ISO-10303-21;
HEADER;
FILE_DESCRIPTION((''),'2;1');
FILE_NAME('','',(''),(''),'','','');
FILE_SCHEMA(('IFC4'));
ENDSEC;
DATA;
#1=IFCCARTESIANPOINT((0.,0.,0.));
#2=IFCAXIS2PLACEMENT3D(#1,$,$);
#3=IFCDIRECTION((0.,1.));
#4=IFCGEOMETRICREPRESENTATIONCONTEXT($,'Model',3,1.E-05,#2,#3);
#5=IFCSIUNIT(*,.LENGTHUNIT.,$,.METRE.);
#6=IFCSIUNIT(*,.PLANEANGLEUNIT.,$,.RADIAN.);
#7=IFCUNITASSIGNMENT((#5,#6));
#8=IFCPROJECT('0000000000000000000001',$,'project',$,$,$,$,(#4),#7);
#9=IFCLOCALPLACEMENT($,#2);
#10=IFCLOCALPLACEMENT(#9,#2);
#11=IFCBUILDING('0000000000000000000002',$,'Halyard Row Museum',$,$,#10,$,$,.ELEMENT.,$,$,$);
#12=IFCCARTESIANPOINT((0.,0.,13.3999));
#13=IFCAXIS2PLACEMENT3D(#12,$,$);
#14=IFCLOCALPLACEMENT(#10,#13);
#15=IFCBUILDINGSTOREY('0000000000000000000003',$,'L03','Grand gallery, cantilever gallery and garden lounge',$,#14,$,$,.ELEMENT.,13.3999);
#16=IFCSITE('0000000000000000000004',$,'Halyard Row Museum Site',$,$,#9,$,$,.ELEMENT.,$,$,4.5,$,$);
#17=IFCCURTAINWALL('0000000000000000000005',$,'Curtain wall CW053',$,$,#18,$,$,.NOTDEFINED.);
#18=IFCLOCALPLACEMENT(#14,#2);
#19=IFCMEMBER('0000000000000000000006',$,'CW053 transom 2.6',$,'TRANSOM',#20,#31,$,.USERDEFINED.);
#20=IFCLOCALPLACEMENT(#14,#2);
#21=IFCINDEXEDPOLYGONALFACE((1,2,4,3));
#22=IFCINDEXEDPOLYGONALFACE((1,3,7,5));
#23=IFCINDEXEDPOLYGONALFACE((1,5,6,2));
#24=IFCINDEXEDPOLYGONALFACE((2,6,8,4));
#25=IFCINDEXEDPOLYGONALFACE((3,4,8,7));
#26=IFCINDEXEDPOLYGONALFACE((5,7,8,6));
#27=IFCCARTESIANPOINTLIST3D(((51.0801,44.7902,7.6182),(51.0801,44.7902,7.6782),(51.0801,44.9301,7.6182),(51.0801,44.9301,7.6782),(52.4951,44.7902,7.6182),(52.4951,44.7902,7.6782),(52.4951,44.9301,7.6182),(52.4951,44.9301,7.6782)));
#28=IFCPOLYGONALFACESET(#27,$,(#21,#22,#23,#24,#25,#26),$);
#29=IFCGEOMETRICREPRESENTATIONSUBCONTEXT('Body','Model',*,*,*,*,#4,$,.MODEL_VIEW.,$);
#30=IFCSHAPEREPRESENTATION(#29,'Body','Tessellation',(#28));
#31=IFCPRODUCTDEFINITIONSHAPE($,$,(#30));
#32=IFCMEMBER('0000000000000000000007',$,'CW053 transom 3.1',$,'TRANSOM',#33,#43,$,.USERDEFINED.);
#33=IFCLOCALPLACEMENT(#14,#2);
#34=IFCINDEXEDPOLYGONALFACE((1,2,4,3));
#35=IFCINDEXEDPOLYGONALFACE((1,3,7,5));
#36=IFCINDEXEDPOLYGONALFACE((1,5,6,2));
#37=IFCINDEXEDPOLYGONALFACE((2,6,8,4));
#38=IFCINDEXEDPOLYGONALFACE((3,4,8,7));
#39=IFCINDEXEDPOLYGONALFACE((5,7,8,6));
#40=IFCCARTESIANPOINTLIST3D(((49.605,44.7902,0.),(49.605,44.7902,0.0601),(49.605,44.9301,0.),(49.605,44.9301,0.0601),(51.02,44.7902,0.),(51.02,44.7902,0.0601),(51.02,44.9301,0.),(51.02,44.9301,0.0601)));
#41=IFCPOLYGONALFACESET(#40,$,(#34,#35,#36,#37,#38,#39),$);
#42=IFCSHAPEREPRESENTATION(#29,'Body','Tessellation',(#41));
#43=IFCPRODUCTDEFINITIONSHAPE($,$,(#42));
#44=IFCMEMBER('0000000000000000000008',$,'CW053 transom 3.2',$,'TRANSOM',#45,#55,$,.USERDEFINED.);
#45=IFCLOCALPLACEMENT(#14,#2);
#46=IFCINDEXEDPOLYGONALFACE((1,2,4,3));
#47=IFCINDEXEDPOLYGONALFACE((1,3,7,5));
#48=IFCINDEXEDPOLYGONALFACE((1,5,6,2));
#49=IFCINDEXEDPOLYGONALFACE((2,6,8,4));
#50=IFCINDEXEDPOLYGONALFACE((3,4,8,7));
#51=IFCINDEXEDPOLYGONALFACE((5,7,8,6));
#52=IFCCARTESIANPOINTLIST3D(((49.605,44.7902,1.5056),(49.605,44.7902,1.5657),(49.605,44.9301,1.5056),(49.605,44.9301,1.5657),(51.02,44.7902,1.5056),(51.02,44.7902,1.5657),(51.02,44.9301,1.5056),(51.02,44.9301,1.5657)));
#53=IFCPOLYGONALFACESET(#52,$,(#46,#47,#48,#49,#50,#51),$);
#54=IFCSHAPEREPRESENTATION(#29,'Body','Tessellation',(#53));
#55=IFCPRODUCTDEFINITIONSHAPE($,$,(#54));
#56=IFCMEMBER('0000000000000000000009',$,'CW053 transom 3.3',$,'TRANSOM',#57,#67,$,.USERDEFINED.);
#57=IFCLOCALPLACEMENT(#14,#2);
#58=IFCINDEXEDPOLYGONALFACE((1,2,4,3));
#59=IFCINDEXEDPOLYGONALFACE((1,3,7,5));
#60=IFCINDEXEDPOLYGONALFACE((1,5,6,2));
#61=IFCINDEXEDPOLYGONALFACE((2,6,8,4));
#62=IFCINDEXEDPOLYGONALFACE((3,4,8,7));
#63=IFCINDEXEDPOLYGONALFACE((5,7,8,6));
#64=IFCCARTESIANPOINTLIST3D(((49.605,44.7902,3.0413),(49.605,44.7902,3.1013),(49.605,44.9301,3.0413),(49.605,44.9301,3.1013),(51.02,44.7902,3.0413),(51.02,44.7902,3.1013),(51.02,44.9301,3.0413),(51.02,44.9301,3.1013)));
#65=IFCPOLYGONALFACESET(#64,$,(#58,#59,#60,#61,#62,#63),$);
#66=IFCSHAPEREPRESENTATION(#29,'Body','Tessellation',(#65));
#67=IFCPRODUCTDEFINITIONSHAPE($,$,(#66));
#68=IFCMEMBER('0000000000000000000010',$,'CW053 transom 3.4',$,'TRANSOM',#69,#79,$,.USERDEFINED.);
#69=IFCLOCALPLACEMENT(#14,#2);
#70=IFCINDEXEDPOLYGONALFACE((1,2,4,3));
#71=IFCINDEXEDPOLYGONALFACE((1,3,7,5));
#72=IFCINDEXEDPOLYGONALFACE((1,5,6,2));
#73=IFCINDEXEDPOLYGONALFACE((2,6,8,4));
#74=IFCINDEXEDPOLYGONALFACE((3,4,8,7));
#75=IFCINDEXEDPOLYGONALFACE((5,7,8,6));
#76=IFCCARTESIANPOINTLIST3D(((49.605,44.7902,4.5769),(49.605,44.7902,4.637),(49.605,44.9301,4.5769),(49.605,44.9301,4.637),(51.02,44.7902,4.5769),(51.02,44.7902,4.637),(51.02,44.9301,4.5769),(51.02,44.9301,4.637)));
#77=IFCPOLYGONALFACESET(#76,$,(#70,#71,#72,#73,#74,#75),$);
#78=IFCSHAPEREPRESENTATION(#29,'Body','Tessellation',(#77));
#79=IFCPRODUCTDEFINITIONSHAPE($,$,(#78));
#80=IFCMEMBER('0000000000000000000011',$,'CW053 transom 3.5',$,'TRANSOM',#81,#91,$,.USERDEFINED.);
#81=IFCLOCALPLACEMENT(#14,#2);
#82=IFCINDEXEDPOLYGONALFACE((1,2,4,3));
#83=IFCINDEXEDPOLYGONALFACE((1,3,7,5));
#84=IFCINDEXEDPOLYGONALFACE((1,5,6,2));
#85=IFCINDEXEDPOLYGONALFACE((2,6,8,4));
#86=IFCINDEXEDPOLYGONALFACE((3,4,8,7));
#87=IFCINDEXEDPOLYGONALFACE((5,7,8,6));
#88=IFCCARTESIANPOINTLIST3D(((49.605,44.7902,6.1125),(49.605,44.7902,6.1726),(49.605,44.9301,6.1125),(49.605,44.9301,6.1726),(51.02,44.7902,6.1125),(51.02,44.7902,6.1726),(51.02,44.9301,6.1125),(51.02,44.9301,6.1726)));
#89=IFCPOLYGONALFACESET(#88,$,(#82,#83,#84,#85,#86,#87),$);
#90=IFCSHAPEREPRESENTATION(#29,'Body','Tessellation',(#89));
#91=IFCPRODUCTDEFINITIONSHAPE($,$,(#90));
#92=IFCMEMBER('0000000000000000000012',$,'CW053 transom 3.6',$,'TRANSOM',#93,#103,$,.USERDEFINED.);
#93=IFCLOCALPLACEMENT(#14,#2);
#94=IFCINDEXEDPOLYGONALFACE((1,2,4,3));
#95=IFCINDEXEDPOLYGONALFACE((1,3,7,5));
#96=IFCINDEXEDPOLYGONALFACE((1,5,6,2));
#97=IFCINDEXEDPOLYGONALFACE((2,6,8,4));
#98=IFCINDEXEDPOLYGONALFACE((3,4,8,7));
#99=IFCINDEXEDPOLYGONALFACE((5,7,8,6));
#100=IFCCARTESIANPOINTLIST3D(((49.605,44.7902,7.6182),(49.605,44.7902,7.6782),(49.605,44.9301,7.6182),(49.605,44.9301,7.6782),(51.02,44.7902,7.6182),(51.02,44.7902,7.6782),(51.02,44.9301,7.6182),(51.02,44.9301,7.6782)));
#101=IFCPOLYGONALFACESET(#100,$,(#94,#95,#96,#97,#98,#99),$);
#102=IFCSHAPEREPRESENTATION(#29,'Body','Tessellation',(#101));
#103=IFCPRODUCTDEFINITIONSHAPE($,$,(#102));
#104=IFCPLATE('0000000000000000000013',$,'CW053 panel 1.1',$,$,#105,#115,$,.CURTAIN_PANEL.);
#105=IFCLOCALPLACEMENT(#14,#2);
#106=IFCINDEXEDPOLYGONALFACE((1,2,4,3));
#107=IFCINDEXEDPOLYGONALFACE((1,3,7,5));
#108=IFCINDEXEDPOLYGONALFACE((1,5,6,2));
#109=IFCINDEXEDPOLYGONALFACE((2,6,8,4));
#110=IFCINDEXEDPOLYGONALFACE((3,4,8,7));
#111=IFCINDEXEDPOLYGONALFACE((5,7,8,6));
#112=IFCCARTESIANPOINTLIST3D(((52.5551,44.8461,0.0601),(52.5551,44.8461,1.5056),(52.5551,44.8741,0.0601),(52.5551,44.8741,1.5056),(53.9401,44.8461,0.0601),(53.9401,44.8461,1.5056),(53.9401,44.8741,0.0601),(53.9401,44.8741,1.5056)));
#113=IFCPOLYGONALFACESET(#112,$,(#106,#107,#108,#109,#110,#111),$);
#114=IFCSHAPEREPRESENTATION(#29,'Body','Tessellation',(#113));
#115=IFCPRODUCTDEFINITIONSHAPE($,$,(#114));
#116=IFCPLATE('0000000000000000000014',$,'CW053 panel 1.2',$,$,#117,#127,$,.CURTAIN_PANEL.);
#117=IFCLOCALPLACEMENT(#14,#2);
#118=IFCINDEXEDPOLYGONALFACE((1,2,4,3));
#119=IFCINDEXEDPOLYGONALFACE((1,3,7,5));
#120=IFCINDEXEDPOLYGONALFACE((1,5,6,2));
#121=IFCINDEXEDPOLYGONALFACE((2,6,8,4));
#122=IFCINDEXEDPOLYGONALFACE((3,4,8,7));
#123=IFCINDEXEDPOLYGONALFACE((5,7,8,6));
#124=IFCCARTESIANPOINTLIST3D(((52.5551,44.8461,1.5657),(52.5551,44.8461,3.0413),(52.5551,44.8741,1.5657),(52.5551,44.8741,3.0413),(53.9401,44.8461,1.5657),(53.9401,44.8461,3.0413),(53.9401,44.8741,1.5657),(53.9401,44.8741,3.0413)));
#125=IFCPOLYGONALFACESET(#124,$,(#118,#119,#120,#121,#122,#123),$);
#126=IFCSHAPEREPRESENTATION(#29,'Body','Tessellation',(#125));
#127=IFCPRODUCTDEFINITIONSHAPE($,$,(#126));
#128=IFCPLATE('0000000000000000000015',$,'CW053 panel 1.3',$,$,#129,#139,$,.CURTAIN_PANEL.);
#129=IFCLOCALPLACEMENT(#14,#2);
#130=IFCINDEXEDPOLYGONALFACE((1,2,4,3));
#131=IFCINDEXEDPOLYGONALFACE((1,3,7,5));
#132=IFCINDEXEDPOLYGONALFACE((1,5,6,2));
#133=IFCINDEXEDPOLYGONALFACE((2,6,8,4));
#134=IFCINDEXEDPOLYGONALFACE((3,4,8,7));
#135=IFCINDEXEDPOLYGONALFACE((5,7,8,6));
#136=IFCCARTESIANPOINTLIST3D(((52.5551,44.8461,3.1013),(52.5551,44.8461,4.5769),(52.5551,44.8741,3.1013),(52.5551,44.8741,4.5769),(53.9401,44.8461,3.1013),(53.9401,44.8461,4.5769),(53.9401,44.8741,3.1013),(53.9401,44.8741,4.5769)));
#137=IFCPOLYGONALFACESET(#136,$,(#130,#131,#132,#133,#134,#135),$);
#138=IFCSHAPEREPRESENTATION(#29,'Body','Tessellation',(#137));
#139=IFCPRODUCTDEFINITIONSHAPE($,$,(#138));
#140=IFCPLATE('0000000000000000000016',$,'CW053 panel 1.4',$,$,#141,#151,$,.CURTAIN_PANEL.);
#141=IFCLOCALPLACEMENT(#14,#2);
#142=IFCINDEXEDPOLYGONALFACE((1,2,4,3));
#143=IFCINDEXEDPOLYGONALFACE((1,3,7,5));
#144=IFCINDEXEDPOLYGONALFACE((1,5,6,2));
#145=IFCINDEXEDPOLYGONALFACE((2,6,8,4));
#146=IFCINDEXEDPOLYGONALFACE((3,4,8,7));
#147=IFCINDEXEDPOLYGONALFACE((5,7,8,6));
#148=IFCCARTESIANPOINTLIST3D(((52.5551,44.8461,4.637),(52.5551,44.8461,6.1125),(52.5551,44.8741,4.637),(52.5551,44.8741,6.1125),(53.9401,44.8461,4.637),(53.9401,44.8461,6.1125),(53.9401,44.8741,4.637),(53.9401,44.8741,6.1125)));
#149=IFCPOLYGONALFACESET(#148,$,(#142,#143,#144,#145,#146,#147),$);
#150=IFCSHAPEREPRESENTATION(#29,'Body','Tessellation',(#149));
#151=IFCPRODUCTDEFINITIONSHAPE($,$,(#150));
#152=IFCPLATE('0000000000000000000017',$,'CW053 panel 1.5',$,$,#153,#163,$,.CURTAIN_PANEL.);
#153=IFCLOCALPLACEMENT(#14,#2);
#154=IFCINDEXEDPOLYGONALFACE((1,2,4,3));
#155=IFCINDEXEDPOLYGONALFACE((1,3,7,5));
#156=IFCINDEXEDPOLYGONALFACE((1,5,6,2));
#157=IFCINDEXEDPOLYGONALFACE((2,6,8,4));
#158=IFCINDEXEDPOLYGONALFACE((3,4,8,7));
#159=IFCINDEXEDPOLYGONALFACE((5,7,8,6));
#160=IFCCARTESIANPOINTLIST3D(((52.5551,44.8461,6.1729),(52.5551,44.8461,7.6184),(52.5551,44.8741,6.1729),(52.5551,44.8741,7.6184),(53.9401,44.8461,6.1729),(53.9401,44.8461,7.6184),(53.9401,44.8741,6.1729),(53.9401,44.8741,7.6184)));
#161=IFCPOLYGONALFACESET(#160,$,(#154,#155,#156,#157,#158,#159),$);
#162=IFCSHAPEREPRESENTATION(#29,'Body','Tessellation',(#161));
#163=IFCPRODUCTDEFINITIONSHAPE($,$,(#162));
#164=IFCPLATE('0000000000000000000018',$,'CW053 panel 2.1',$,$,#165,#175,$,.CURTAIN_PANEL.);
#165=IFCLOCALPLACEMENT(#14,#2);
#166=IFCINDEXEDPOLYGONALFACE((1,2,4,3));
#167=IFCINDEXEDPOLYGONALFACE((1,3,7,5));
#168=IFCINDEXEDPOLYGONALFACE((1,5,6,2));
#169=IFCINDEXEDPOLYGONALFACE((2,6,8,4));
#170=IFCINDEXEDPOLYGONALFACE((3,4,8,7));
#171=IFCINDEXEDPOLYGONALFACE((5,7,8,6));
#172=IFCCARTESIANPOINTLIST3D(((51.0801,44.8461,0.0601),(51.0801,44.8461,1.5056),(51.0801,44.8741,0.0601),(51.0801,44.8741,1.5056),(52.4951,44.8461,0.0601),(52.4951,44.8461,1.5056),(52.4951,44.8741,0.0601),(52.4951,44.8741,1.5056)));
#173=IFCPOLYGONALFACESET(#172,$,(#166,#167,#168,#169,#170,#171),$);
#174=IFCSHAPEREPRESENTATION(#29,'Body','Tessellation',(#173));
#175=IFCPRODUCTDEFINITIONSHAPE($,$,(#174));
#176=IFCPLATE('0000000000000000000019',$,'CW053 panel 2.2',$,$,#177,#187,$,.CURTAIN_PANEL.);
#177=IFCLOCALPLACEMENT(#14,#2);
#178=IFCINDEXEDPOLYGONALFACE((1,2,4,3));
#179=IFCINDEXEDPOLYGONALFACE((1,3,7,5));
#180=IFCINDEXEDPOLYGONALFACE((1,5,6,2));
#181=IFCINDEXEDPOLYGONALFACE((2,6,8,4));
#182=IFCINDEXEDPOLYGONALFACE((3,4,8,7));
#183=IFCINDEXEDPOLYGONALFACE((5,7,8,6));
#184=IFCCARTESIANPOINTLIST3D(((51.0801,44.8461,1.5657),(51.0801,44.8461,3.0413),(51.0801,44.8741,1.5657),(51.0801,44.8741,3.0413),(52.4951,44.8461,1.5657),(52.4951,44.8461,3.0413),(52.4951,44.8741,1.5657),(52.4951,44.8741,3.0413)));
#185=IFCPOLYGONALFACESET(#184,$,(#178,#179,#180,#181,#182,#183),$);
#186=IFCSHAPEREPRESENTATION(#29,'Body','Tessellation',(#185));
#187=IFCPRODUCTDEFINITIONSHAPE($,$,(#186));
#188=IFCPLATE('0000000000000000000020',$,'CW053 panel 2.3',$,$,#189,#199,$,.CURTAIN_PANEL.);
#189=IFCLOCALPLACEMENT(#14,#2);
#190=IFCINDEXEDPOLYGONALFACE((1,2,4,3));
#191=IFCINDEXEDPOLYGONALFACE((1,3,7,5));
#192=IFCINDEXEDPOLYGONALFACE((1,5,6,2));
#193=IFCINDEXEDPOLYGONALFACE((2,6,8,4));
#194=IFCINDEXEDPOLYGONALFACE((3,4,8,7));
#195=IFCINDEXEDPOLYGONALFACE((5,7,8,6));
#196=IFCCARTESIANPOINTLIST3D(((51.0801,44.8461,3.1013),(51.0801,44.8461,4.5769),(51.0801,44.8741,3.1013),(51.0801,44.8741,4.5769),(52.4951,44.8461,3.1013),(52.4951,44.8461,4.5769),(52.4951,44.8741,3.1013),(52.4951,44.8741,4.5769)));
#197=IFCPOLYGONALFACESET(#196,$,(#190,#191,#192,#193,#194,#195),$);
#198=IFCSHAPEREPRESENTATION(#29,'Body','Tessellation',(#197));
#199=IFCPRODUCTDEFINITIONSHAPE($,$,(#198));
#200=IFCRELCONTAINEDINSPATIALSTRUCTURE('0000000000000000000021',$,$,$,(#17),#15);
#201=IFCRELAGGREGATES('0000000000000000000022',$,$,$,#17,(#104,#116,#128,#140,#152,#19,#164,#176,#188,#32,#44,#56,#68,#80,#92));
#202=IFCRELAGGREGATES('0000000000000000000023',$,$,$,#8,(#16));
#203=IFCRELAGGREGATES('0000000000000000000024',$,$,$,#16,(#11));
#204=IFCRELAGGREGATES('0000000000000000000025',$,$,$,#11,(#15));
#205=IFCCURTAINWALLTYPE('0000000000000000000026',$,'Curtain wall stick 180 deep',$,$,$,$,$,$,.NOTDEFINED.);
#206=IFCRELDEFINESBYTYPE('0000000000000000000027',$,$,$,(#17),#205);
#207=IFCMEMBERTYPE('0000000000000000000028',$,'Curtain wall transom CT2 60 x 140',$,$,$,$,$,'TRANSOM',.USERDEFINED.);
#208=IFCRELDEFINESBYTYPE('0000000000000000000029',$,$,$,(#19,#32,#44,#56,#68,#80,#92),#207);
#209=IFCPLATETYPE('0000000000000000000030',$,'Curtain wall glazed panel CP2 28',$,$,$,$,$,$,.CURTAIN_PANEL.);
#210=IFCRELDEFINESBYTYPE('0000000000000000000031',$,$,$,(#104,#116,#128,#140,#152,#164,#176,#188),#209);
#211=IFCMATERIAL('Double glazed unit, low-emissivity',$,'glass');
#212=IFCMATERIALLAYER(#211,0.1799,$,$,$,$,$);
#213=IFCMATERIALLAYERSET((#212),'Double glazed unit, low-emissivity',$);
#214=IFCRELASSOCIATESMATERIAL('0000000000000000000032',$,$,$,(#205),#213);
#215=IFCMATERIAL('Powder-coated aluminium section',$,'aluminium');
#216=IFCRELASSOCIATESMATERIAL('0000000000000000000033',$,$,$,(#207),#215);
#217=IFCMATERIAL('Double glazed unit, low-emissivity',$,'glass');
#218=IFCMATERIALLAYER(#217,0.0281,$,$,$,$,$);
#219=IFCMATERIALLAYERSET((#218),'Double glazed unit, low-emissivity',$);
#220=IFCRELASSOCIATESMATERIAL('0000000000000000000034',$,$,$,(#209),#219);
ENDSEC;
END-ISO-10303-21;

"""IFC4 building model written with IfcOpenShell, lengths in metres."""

from ifc_helpers import new_model, si_unit, direction, frame, origin, origin_2d, place, context, subcontext, project, spatial, rectangle, extrude, material, layer, layer_set, material_profile, profile_set, type_object, element, aggregate, save


model = new_model("IFC4")

# Units and contexts
model_context = context("Model", 3, precision=1e-05, world=origin(), true_north=direction((0.0, 1.0)))
body_context = subcontext(model_context, "Body", "Model", "MODEL_VIEW")
ifc_project = project(units=[si_unit("LENGTHUNIT", "METRE"), si_unit("PLANEANGLEUNIT", "RADIAN")], contexts=[model_context])

# Site, building, storey
site_placement = place(None, origin())
site = spatial("IfcSite", under=ifc_project, at=site_placement, Name="Halyard Row Museum Site", CompositionType="ELEMENT", RefElevation=4.5)
building_placement = place(site_placement, origin())
building = spatial("IfcBuilding", under=site, at=building_placement, Name="Halyard Row Museum", CompositionType="ELEMENT")
storey_placement = place(building_placement, frame((0.0, 0.0, 13.3999)))
storey = spatial("IfcBuildingStorey", under=building, at=storey_placement, Name="L03", Description="Grand gallery, cantilever gallery and garden lounge", CompositionType="ELEMENT", Elevation=13.3999)

# Curtain wall, members, plates
ifc_material_1 = material(Name="Double glazed unit, low-emissivity", Category="glass")
ifc_layer_1 = layer(ifc_material_1, 0.1799)
ifc_layer_set_1 = layer_set([ifc_layer_1], Name="Double glazed unit, low-emissivity")
curtain_wall_type = type_object("IfcCurtainWallType", Name="Curtain wall stick 180 deep", PredefinedType="NOTDEFINED", material=ifc_layer_set_1)
curtain_wall_placement = place(storey_placement, origin())
curtain_wall = element("IfcCurtainWall", 1, at=curtain_wall_placement, inside=storey, type_object=curtain_wall_type, Name="Curtain wall CW053", PredefinedType="NOTDEFINED")
ifc_material_2 = material(Name="Powder-coated aluminium section", Category="aluminium")
ifc_material_profile_1 = material_profile(ifc_material_2, rectangle(XDim=0.1399, YDim=0.0601, at=origin_2d()), Name="140x60 transom")
ifc_profile_set_1 = profile_set([ifc_material_profile_1], Name="Powder-coated aluminium section")
member_type_1 = type_object("IfcMemberType", Name="Curtain wall transom CT2 60 x 140", ElementType="TRANSOM", PredefinedType="USERDEFINED", material=ifc_profile_set_1)
member_1_placement = place(storey_placement, frame((52.4951, 44.8601, 7.6482), z_axis=(-1.0, 0.0, 0.0), x_axis=(0.0, -1.0, 0.0)))
member_1 = element("IfcMember", 2, at=member_1_placement, type_object=member_type_1, Name="CW053 transom 2.6", ObjectType="TRANSOM", PredefinedType="USERDEFINED", context=body_context, shape_type="SweptSolid", body=[
    extrude(rectangle(XDim=0.1399, YDim=0.0601, at=origin_2d()), origin(), (0.0, 0.0, 1.0), 1.415),
])
member_2_placement = place(storey_placement, frame((51.02, 44.8601, 0.03), z_axis=(-1.0, 0.0, 0.0), x_axis=(0.0, -1.0, 0.0)))
member_2 = element("IfcMember", 3, at=member_2_placement, type_object=member_type_1, Name="CW053 transom 3.1", ObjectType="TRANSOM", PredefinedType="USERDEFINED", context=body_context, shape_type="SweptSolid", body=[
    extrude(rectangle(XDim=0.1399, YDim=0.0601, at=origin_2d()), origin(), (0.0, 0.0, 1.0), 1.415),
])
member_3_placement = place(storey_placement, frame((51.02, 44.8601, 1.5356), z_axis=(-1.0, 0.0, 0.0), x_axis=(0.0, -1.0, 0.0)))
member_3 = element("IfcMember", 4, at=member_3_placement, type_object=member_type_1, Name="CW053 transom 3.2", ObjectType="TRANSOM", PredefinedType="USERDEFINED", context=body_context, shape_type="SweptSolid", body=[
    extrude(rectangle(XDim=0.1399, YDim=0.0601, at=origin_2d()), origin(), (0.0, 0.0, 1.0), 1.415),
])
member_4_placement = place(storey_placement, frame((51.02, 44.8601, 3.0713), z_axis=(-1.0, 0.0, 0.0), x_axis=(0.0, -1.0, 0.0)))
member_4 = element("IfcMember", 5, at=member_4_placement, type_object=member_type_1, Name="CW053 transom 3.3", ObjectType="TRANSOM", PredefinedType="USERDEFINED", context=body_context, shape_type="SweptSolid", body=[
    extrude(rectangle(XDim=0.1399, YDim=0.0601, at=origin_2d()), origin(), (0.0, 0.0, 1.0), 1.415),
])
member_5_placement = place(storey_placement, frame((51.02, 44.8601, 4.6069), z_axis=(-1.0, 0.0, 0.0), x_axis=(0.0, -1.0, 0.0)))
member_5 = element("IfcMember", 6, at=member_5_placement, type_object=member_type_1, Name="CW053 transom 3.4", ObjectType="TRANSOM", PredefinedType="USERDEFINED", context=body_context, shape_type="SweptSolid", body=[
    extrude(rectangle(XDim=0.1399, YDim=0.0601, at=origin_2d()), origin(), (0.0, 0.0, 1.0), 1.415),
])
member_6_placement = place(storey_placement, frame((51.02, 44.8601, 6.1426), z_axis=(-1.0, 0.0, 0.0), x_axis=(0.0, -1.0, 0.0)))
member_6 = element("IfcMember", 7, at=member_6_placement, type_object=member_type_1, Name="CW053 transom 3.5", ObjectType="TRANSOM", PredefinedType="USERDEFINED", context=body_context, shape_type="SweptSolid", body=[
    extrude(rectangle(XDim=0.1399, YDim=0.0601, at=origin_2d()), origin(), (0.0, 0.0, 1.0), 1.415),
])
member_7_placement = place(storey_placement, frame((51.02, 44.8601, 7.6482), z_axis=(-1.0, 0.0, 0.0), x_axis=(0.0, -1.0, 0.0)))
member_7 = element("IfcMember", 8, at=member_7_placement, type_object=member_type_1, Name="CW053 transom 3.6", ObjectType="TRANSOM", PredefinedType="USERDEFINED", context=body_context, shape_type="SweptSolid", body=[
    extrude(rectangle(XDim=0.1399, YDim=0.0601, at=origin_2d()), origin(), (0.0, 0.0, 1.0), 1.415),
])
ifc_material_3 = material(Name="Double glazed unit, low-emissivity", Category="glass")
ifc_layer_2 = layer(ifc_material_3, 0.0281)
ifc_layer_set_2 = layer_set([ifc_layer_2], Name="Double glazed unit, low-emissivity")
plate_type = type_object("IfcPlateType", Name="Curtain wall glazed panel CP2 28", PredefinedType="CURTAIN_PANEL", material=ifc_layer_set_2)
plate_1_placement = place(storey_placement, frame((53.2476, 44.8601, 0.0601), z_axis=(0.0, 0.0, 1.0), x_axis=(-1.0, 0.0, 0.0)))
plate_1 = element("IfcPlate", 9, at=plate_1_placement, type_object=plate_type, Name="CW053 panel 1.1", PredefinedType="CURTAIN_PANEL", context=body_context, shape_type="SweptSolid", body=[
    extrude(rectangle(XDim=1.385, YDim=0.0281, at=origin_2d()), origin(), (0.0, 0.0, 1.0), 1.4456),
])
plate_2_placement = place(storey_placement, frame((53.2476, 44.8601, 1.5657), z_axis=(0.0, 0.0, 1.0), x_axis=(-1.0, 0.0, 0.0)))
plate_2 = element("IfcPlate", 10, at=plate_2_placement, type_object=plate_type, Name="CW053 panel 1.2", PredefinedType="CURTAIN_PANEL", context=body_context, shape_type="SweptSolid", body=[
    extrude(rectangle(XDim=1.385, YDim=0.0281, at=origin_2d()), origin(), (0.0, 0.0, 1.0), 1.4756),
])
plate_3_placement = place(storey_placement, frame((53.2476, 44.8601, 3.1013), z_axis=(0.0, 0.0, 1.0), x_axis=(-1.0, 0.0, 0.0)))
plate_3 = element("IfcPlate", 11, at=plate_3_placement, type_object=plate_type, Name="CW053 panel 1.3", PredefinedType="CURTAIN_PANEL", context=body_context, shape_type="SweptSolid", body=[
    extrude(rectangle(XDim=1.385, YDim=0.0281, at=origin_2d()), origin(), (0.0, 0.0, 1.0), 1.4756),
])
plate_4_placement = place(storey_placement, frame((53.2476, 44.8601, 4.637), z_axis=(0.0, 0.0, 1.0), x_axis=(-1.0, 0.0, 0.0)))
plate_4 = element("IfcPlate", 12, at=plate_4_placement, type_object=plate_type, Name="CW053 panel 1.4", PredefinedType="CURTAIN_PANEL", context=body_context, shape_type="SweptSolid", body=[
    extrude(rectangle(XDim=1.385, YDim=0.0281, at=origin_2d()), origin(), (0.0, 0.0, 1.0), 1.4756),
])
plate_5_placement = place(storey_placement, frame((53.2476, 44.8601, 6.1729), z_axis=(0.0, 0.0, 1.0), x_axis=(-1.0, 0.0, 0.0)))
plate_5 = element("IfcPlate", 13, at=plate_5_placement, type_object=plate_type, Name="CW053 panel 1.5", PredefinedType="CURTAIN_PANEL", context=body_context, shape_type="SweptSolid", body=[
    extrude(rectangle(XDim=1.385, YDim=0.0281, at=origin_2d()), origin(), (0.0, 0.0, 1.0), 1.4456),
])
plate_6_placement = place(storey_placement, frame((51.7876, 44.8601, 0.0601), z_axis=(0.0, 0.0, 1.0), x_axis=(-1.0, 0.0, 0.0)))
plate_6 = element("IfcPlate", 14, at=plate_6_placement, type_object=plate_type, Name="CW053 panel 2.1", PredefinedType="CURTAIN_PANEL", context=body_context, shape_type="SweptSolid", body=[
    extrude(rectangle(XDim=1.415, YDim=0.0281, at=origin_2d()), origin(), (0.0, 0.0, 1.0), 1.4456),
])
plate_7_placement = place(storey_placement, frame((51.7876, 44.8601, 1.5657), z_axis=(0.0, 0.0, 1.0), x_axis=(-1.0, 0.0, 0.0)))
plate_7 = element("IfcPlate", 15, at=plate_7_placement, type_object=plate_type, Name="CW053 panel 2.2", PredefinedType="CURTAIN_PANEL", context=body_context, shape_type="SweptSolid", body=[
    extrude(rectangle(XDim=1.415, YDim=0.0281, at=origin_2d()), origin(), (0.0, 0.0, 1.0), 1.4756),
])
plate_8_placement = place(storey_placement, frame((51.7876, 44.8601, 3.1013), z_axis=(0.0, 0.0, 1.0), x_axis=(-1.0, 0.0, 0.0)))
plate_8 = element("IfcPlate", 16, at=plate_8_placement, type_object=plate_type, Name="CW053 panel 2.3", PredefinedType="CURTAIN_PANEL", context=body_context, shape_type="SweptSolid", body=[
    extrude(rectangle(XDim=1.415, YDim=0.0281, at=origin_2d()), origin(), (0.0, 0.0, 1.0), 1.4756),
])
aggregate(curtain_wall, [plate_1, plate_2, plate_3, plate_4, plate_5, member_1, plate_6, plate_7, plate_8, member_2, member_3, member_4, member_5, member_6, member_7])

save(model, "model.ifc")
